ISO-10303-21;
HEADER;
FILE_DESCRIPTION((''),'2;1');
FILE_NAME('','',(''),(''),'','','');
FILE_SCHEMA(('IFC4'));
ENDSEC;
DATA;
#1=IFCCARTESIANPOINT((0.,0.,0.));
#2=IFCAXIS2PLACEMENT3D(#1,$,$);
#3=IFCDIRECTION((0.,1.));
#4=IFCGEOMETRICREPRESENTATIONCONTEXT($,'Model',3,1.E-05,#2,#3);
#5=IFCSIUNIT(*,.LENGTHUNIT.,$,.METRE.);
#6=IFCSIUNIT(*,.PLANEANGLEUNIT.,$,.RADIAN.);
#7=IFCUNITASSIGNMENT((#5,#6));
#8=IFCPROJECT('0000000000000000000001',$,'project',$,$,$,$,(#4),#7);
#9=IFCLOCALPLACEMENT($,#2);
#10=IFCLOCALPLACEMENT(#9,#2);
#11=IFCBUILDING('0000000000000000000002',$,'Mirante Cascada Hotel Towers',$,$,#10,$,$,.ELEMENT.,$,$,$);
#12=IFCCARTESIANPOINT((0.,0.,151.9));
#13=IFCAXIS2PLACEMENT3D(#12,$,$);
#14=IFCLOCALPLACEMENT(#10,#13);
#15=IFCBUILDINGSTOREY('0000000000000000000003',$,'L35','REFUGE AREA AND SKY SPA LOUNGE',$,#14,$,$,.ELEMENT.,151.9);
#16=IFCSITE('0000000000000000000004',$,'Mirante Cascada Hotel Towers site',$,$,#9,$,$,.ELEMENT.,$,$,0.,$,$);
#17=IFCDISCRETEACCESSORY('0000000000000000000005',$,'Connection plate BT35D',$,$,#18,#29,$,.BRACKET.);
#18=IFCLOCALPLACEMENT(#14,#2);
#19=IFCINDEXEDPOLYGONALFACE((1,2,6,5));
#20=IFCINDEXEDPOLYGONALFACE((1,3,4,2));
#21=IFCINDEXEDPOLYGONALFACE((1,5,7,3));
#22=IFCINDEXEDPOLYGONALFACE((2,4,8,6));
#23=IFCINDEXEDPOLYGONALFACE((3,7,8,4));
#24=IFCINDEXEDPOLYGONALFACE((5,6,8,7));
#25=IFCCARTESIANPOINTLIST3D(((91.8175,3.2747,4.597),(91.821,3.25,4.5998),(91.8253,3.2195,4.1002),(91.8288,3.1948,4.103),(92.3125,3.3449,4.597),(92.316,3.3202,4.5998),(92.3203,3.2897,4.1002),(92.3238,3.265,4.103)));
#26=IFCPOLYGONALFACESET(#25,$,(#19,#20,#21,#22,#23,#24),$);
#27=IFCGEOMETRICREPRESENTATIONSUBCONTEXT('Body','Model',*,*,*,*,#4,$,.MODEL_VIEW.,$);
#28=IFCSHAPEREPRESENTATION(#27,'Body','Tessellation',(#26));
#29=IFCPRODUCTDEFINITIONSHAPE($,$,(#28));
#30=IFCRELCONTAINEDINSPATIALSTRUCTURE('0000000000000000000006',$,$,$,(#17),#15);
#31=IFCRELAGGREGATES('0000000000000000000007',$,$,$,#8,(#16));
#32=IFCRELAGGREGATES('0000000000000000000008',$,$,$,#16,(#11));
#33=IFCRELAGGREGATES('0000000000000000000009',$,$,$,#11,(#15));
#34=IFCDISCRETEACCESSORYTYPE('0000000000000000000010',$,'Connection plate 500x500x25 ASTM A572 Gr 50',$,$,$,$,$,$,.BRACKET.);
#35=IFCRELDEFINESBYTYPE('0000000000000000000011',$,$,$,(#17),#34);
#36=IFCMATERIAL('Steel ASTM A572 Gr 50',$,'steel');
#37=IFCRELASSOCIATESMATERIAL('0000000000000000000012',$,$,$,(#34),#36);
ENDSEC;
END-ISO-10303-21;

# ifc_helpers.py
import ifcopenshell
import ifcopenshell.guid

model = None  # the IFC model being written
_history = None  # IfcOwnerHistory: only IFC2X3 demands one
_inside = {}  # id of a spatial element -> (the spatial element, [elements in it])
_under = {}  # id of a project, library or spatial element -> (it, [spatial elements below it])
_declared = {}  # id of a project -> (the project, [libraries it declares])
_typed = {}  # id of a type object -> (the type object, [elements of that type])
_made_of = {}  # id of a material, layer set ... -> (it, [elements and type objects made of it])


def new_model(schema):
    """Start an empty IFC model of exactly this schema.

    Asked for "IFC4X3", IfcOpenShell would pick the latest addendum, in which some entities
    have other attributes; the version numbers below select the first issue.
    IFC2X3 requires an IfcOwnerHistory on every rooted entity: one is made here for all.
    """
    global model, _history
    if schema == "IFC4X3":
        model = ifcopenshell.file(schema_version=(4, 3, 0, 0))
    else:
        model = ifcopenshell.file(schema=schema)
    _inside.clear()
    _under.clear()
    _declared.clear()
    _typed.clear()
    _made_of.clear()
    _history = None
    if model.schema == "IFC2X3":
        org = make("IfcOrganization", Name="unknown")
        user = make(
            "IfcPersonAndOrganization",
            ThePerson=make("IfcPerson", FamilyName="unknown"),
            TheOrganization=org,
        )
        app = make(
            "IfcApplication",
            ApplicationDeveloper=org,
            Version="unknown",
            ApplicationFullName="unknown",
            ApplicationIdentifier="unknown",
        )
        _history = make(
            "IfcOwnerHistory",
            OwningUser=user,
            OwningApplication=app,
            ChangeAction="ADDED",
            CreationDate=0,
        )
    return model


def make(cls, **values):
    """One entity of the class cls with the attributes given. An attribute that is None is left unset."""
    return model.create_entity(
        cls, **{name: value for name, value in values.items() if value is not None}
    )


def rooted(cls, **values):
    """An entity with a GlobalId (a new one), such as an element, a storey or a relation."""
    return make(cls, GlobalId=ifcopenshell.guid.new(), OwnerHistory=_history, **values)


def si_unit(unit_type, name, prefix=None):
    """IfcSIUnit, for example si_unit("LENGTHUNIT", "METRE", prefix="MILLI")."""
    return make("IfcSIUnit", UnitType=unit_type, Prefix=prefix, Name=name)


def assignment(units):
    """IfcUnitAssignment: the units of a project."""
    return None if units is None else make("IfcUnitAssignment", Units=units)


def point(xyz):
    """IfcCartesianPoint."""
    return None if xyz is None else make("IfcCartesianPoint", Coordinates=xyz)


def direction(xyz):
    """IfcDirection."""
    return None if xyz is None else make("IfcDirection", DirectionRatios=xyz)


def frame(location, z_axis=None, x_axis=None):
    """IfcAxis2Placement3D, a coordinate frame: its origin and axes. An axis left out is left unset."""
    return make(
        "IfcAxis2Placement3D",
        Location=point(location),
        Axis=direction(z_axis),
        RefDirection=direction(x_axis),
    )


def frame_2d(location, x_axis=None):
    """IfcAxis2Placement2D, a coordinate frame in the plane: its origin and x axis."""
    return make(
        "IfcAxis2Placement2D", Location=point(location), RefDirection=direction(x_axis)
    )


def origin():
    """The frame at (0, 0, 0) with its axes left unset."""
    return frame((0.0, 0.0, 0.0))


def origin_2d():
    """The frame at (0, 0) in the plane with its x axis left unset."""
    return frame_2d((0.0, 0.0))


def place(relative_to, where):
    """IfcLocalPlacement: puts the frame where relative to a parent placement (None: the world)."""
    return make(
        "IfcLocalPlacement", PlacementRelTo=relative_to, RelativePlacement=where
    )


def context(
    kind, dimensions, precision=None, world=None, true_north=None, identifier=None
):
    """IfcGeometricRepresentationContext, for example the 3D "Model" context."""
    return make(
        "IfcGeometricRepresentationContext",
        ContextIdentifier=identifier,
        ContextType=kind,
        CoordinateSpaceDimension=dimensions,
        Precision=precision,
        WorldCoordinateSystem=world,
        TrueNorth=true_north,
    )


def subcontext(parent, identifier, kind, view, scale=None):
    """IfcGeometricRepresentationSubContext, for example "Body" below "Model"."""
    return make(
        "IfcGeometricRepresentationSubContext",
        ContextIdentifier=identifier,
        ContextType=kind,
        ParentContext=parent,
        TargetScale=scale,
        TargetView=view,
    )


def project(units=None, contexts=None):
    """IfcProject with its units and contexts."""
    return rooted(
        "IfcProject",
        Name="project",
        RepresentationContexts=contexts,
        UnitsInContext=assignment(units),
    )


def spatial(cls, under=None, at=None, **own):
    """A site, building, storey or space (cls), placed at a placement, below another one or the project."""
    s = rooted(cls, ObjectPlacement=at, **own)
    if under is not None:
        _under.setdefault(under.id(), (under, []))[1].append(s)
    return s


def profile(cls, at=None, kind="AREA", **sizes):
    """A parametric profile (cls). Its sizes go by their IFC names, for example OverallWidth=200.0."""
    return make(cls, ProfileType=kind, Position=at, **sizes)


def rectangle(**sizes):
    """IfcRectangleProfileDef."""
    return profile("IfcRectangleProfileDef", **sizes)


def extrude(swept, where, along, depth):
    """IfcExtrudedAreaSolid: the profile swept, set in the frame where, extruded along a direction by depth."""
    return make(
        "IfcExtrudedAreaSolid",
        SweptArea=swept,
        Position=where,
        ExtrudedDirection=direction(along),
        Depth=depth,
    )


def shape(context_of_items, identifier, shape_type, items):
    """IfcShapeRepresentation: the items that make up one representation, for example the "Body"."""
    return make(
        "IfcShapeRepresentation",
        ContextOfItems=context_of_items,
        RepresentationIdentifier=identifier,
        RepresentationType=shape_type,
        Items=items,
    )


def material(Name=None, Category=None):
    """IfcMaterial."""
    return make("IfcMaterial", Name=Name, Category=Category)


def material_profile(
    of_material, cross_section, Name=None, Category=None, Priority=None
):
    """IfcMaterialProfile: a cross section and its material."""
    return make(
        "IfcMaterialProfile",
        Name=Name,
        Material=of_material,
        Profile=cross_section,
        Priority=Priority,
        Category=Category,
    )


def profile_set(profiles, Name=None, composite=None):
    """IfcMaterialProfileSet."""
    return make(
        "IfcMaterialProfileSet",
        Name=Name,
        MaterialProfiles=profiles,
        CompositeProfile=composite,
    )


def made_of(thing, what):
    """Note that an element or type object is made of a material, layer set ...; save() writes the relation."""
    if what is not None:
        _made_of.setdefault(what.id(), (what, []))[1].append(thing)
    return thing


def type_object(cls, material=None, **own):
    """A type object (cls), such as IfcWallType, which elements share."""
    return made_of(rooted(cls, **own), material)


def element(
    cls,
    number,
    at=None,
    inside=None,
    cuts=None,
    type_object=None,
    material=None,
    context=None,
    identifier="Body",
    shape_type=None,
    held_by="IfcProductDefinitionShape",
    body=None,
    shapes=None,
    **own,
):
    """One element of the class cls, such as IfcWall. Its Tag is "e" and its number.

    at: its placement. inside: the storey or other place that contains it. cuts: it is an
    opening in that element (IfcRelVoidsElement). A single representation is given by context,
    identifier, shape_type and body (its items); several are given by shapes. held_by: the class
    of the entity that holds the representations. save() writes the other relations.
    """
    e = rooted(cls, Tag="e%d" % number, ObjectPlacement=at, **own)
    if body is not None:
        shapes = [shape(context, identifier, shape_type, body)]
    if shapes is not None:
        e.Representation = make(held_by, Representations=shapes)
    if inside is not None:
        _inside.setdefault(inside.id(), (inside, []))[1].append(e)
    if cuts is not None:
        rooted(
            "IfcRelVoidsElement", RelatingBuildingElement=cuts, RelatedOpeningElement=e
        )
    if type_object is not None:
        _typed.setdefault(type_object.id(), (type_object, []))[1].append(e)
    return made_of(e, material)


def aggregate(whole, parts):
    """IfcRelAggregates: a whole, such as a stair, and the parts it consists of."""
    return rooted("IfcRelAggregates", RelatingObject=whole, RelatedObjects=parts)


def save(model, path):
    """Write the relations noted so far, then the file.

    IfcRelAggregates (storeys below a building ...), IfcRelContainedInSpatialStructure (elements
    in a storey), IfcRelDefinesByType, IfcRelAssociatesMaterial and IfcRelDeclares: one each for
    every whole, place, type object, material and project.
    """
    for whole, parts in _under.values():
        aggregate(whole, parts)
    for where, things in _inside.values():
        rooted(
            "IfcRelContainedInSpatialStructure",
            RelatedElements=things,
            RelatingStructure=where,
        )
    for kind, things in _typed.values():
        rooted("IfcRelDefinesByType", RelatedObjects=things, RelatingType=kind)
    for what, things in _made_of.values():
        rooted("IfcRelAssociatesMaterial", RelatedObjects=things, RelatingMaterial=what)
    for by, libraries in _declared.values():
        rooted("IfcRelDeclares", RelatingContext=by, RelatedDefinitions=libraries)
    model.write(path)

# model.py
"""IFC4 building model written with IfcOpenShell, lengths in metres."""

from ifc_helpers import new_model, si_unit, direction, frame, origin, origin_2d, place, context, subcontext, project, spatial, rectangle, extrude, material, material_profile, profile_set, type_object, element, save


model = new_model("IFC4")

# Units and contexts
model_context = context("Model", 3, precision=1e-05, world=origin(), true_north=direction((0.0, 1.0)))
body_context = subcontext(model_context, "Body", "Model", "MODEL_VIEW")
ifc_project = project(units=[si_unit("LENGTHUNIT", "METRE"), si_unit("PLANEANGLEUNIT", "RADIAN")], contexts=[model_context])

# Site, building, storey
site_placement = place(None, origin())
site = spatial("IfcSite", under=ifc_project, at=site_placement, Name="Mirante Cascada Hotel Towers site", CompositionType="ELEMENT", RefElevation=0.0)
building_placement = place(site_placement, origin())
building = spatial("IfcBuilding", under=site, at=building_placement, Name="Mirante Cascada Hotel Towers", CompositionType="ELEMENT")
storey_placement = place(building_placement, frame((0.0, 0.0, 151.9)))
storey = spatial("IfcBuildingStorey", under=building, at=storey_placement, Name="L35", Description="REFUGE AREA AND SKY SPA LOUNGE", CompositionType="ELEMENT", Elevation=151.9)

# Discrete accessory
ifc_material_1 = material(Name="Steel ASTM A572 Gr 50", Category="steel")
ifc_material_profile_1 = material_profile(ifc_material_1, rectangle(XDim=0.5, YDim=0.5, at=origin_2d()), Name="Connection plate 500x500x25 ASTM A572 Gr 50")
ifc_profile_set_1 = profile_set([ifc_material_profile_1], Name="Steel ASTM A572 Gr 50")
discrete_accessory_type_1 = type_object("IfcDiscreteAccessoryType", Name="Connection plate 500x500x25 ASTM A572 Gr 50", PredefinedType="BRACKET", material=ifc_profile_set_1)
discrete_accessory_placement = place(storey_placement, frame((92.0689, 3.2822, 4.3486), z_axis=(0.139423, -0.983931, 0.111539), x_axis=(0.990109, 0.140299, 0.0)))
element("IfcDiscreteAccessory", 1, at=discrete_accessory_placement, inside=storey, type_object=discrete_accessory_type_1, Name="Connection plate BT35D", PredefinedType="BRACKET", context=body_context, shape_type="SweptSolid", body=[
    extrude(rectangle(XDim=0.5, YDim=0.5, at=origin_2d()), origin(), (0.0, 0.0, 1.0), 0.0251),
])

save(model, "model.ifc")
